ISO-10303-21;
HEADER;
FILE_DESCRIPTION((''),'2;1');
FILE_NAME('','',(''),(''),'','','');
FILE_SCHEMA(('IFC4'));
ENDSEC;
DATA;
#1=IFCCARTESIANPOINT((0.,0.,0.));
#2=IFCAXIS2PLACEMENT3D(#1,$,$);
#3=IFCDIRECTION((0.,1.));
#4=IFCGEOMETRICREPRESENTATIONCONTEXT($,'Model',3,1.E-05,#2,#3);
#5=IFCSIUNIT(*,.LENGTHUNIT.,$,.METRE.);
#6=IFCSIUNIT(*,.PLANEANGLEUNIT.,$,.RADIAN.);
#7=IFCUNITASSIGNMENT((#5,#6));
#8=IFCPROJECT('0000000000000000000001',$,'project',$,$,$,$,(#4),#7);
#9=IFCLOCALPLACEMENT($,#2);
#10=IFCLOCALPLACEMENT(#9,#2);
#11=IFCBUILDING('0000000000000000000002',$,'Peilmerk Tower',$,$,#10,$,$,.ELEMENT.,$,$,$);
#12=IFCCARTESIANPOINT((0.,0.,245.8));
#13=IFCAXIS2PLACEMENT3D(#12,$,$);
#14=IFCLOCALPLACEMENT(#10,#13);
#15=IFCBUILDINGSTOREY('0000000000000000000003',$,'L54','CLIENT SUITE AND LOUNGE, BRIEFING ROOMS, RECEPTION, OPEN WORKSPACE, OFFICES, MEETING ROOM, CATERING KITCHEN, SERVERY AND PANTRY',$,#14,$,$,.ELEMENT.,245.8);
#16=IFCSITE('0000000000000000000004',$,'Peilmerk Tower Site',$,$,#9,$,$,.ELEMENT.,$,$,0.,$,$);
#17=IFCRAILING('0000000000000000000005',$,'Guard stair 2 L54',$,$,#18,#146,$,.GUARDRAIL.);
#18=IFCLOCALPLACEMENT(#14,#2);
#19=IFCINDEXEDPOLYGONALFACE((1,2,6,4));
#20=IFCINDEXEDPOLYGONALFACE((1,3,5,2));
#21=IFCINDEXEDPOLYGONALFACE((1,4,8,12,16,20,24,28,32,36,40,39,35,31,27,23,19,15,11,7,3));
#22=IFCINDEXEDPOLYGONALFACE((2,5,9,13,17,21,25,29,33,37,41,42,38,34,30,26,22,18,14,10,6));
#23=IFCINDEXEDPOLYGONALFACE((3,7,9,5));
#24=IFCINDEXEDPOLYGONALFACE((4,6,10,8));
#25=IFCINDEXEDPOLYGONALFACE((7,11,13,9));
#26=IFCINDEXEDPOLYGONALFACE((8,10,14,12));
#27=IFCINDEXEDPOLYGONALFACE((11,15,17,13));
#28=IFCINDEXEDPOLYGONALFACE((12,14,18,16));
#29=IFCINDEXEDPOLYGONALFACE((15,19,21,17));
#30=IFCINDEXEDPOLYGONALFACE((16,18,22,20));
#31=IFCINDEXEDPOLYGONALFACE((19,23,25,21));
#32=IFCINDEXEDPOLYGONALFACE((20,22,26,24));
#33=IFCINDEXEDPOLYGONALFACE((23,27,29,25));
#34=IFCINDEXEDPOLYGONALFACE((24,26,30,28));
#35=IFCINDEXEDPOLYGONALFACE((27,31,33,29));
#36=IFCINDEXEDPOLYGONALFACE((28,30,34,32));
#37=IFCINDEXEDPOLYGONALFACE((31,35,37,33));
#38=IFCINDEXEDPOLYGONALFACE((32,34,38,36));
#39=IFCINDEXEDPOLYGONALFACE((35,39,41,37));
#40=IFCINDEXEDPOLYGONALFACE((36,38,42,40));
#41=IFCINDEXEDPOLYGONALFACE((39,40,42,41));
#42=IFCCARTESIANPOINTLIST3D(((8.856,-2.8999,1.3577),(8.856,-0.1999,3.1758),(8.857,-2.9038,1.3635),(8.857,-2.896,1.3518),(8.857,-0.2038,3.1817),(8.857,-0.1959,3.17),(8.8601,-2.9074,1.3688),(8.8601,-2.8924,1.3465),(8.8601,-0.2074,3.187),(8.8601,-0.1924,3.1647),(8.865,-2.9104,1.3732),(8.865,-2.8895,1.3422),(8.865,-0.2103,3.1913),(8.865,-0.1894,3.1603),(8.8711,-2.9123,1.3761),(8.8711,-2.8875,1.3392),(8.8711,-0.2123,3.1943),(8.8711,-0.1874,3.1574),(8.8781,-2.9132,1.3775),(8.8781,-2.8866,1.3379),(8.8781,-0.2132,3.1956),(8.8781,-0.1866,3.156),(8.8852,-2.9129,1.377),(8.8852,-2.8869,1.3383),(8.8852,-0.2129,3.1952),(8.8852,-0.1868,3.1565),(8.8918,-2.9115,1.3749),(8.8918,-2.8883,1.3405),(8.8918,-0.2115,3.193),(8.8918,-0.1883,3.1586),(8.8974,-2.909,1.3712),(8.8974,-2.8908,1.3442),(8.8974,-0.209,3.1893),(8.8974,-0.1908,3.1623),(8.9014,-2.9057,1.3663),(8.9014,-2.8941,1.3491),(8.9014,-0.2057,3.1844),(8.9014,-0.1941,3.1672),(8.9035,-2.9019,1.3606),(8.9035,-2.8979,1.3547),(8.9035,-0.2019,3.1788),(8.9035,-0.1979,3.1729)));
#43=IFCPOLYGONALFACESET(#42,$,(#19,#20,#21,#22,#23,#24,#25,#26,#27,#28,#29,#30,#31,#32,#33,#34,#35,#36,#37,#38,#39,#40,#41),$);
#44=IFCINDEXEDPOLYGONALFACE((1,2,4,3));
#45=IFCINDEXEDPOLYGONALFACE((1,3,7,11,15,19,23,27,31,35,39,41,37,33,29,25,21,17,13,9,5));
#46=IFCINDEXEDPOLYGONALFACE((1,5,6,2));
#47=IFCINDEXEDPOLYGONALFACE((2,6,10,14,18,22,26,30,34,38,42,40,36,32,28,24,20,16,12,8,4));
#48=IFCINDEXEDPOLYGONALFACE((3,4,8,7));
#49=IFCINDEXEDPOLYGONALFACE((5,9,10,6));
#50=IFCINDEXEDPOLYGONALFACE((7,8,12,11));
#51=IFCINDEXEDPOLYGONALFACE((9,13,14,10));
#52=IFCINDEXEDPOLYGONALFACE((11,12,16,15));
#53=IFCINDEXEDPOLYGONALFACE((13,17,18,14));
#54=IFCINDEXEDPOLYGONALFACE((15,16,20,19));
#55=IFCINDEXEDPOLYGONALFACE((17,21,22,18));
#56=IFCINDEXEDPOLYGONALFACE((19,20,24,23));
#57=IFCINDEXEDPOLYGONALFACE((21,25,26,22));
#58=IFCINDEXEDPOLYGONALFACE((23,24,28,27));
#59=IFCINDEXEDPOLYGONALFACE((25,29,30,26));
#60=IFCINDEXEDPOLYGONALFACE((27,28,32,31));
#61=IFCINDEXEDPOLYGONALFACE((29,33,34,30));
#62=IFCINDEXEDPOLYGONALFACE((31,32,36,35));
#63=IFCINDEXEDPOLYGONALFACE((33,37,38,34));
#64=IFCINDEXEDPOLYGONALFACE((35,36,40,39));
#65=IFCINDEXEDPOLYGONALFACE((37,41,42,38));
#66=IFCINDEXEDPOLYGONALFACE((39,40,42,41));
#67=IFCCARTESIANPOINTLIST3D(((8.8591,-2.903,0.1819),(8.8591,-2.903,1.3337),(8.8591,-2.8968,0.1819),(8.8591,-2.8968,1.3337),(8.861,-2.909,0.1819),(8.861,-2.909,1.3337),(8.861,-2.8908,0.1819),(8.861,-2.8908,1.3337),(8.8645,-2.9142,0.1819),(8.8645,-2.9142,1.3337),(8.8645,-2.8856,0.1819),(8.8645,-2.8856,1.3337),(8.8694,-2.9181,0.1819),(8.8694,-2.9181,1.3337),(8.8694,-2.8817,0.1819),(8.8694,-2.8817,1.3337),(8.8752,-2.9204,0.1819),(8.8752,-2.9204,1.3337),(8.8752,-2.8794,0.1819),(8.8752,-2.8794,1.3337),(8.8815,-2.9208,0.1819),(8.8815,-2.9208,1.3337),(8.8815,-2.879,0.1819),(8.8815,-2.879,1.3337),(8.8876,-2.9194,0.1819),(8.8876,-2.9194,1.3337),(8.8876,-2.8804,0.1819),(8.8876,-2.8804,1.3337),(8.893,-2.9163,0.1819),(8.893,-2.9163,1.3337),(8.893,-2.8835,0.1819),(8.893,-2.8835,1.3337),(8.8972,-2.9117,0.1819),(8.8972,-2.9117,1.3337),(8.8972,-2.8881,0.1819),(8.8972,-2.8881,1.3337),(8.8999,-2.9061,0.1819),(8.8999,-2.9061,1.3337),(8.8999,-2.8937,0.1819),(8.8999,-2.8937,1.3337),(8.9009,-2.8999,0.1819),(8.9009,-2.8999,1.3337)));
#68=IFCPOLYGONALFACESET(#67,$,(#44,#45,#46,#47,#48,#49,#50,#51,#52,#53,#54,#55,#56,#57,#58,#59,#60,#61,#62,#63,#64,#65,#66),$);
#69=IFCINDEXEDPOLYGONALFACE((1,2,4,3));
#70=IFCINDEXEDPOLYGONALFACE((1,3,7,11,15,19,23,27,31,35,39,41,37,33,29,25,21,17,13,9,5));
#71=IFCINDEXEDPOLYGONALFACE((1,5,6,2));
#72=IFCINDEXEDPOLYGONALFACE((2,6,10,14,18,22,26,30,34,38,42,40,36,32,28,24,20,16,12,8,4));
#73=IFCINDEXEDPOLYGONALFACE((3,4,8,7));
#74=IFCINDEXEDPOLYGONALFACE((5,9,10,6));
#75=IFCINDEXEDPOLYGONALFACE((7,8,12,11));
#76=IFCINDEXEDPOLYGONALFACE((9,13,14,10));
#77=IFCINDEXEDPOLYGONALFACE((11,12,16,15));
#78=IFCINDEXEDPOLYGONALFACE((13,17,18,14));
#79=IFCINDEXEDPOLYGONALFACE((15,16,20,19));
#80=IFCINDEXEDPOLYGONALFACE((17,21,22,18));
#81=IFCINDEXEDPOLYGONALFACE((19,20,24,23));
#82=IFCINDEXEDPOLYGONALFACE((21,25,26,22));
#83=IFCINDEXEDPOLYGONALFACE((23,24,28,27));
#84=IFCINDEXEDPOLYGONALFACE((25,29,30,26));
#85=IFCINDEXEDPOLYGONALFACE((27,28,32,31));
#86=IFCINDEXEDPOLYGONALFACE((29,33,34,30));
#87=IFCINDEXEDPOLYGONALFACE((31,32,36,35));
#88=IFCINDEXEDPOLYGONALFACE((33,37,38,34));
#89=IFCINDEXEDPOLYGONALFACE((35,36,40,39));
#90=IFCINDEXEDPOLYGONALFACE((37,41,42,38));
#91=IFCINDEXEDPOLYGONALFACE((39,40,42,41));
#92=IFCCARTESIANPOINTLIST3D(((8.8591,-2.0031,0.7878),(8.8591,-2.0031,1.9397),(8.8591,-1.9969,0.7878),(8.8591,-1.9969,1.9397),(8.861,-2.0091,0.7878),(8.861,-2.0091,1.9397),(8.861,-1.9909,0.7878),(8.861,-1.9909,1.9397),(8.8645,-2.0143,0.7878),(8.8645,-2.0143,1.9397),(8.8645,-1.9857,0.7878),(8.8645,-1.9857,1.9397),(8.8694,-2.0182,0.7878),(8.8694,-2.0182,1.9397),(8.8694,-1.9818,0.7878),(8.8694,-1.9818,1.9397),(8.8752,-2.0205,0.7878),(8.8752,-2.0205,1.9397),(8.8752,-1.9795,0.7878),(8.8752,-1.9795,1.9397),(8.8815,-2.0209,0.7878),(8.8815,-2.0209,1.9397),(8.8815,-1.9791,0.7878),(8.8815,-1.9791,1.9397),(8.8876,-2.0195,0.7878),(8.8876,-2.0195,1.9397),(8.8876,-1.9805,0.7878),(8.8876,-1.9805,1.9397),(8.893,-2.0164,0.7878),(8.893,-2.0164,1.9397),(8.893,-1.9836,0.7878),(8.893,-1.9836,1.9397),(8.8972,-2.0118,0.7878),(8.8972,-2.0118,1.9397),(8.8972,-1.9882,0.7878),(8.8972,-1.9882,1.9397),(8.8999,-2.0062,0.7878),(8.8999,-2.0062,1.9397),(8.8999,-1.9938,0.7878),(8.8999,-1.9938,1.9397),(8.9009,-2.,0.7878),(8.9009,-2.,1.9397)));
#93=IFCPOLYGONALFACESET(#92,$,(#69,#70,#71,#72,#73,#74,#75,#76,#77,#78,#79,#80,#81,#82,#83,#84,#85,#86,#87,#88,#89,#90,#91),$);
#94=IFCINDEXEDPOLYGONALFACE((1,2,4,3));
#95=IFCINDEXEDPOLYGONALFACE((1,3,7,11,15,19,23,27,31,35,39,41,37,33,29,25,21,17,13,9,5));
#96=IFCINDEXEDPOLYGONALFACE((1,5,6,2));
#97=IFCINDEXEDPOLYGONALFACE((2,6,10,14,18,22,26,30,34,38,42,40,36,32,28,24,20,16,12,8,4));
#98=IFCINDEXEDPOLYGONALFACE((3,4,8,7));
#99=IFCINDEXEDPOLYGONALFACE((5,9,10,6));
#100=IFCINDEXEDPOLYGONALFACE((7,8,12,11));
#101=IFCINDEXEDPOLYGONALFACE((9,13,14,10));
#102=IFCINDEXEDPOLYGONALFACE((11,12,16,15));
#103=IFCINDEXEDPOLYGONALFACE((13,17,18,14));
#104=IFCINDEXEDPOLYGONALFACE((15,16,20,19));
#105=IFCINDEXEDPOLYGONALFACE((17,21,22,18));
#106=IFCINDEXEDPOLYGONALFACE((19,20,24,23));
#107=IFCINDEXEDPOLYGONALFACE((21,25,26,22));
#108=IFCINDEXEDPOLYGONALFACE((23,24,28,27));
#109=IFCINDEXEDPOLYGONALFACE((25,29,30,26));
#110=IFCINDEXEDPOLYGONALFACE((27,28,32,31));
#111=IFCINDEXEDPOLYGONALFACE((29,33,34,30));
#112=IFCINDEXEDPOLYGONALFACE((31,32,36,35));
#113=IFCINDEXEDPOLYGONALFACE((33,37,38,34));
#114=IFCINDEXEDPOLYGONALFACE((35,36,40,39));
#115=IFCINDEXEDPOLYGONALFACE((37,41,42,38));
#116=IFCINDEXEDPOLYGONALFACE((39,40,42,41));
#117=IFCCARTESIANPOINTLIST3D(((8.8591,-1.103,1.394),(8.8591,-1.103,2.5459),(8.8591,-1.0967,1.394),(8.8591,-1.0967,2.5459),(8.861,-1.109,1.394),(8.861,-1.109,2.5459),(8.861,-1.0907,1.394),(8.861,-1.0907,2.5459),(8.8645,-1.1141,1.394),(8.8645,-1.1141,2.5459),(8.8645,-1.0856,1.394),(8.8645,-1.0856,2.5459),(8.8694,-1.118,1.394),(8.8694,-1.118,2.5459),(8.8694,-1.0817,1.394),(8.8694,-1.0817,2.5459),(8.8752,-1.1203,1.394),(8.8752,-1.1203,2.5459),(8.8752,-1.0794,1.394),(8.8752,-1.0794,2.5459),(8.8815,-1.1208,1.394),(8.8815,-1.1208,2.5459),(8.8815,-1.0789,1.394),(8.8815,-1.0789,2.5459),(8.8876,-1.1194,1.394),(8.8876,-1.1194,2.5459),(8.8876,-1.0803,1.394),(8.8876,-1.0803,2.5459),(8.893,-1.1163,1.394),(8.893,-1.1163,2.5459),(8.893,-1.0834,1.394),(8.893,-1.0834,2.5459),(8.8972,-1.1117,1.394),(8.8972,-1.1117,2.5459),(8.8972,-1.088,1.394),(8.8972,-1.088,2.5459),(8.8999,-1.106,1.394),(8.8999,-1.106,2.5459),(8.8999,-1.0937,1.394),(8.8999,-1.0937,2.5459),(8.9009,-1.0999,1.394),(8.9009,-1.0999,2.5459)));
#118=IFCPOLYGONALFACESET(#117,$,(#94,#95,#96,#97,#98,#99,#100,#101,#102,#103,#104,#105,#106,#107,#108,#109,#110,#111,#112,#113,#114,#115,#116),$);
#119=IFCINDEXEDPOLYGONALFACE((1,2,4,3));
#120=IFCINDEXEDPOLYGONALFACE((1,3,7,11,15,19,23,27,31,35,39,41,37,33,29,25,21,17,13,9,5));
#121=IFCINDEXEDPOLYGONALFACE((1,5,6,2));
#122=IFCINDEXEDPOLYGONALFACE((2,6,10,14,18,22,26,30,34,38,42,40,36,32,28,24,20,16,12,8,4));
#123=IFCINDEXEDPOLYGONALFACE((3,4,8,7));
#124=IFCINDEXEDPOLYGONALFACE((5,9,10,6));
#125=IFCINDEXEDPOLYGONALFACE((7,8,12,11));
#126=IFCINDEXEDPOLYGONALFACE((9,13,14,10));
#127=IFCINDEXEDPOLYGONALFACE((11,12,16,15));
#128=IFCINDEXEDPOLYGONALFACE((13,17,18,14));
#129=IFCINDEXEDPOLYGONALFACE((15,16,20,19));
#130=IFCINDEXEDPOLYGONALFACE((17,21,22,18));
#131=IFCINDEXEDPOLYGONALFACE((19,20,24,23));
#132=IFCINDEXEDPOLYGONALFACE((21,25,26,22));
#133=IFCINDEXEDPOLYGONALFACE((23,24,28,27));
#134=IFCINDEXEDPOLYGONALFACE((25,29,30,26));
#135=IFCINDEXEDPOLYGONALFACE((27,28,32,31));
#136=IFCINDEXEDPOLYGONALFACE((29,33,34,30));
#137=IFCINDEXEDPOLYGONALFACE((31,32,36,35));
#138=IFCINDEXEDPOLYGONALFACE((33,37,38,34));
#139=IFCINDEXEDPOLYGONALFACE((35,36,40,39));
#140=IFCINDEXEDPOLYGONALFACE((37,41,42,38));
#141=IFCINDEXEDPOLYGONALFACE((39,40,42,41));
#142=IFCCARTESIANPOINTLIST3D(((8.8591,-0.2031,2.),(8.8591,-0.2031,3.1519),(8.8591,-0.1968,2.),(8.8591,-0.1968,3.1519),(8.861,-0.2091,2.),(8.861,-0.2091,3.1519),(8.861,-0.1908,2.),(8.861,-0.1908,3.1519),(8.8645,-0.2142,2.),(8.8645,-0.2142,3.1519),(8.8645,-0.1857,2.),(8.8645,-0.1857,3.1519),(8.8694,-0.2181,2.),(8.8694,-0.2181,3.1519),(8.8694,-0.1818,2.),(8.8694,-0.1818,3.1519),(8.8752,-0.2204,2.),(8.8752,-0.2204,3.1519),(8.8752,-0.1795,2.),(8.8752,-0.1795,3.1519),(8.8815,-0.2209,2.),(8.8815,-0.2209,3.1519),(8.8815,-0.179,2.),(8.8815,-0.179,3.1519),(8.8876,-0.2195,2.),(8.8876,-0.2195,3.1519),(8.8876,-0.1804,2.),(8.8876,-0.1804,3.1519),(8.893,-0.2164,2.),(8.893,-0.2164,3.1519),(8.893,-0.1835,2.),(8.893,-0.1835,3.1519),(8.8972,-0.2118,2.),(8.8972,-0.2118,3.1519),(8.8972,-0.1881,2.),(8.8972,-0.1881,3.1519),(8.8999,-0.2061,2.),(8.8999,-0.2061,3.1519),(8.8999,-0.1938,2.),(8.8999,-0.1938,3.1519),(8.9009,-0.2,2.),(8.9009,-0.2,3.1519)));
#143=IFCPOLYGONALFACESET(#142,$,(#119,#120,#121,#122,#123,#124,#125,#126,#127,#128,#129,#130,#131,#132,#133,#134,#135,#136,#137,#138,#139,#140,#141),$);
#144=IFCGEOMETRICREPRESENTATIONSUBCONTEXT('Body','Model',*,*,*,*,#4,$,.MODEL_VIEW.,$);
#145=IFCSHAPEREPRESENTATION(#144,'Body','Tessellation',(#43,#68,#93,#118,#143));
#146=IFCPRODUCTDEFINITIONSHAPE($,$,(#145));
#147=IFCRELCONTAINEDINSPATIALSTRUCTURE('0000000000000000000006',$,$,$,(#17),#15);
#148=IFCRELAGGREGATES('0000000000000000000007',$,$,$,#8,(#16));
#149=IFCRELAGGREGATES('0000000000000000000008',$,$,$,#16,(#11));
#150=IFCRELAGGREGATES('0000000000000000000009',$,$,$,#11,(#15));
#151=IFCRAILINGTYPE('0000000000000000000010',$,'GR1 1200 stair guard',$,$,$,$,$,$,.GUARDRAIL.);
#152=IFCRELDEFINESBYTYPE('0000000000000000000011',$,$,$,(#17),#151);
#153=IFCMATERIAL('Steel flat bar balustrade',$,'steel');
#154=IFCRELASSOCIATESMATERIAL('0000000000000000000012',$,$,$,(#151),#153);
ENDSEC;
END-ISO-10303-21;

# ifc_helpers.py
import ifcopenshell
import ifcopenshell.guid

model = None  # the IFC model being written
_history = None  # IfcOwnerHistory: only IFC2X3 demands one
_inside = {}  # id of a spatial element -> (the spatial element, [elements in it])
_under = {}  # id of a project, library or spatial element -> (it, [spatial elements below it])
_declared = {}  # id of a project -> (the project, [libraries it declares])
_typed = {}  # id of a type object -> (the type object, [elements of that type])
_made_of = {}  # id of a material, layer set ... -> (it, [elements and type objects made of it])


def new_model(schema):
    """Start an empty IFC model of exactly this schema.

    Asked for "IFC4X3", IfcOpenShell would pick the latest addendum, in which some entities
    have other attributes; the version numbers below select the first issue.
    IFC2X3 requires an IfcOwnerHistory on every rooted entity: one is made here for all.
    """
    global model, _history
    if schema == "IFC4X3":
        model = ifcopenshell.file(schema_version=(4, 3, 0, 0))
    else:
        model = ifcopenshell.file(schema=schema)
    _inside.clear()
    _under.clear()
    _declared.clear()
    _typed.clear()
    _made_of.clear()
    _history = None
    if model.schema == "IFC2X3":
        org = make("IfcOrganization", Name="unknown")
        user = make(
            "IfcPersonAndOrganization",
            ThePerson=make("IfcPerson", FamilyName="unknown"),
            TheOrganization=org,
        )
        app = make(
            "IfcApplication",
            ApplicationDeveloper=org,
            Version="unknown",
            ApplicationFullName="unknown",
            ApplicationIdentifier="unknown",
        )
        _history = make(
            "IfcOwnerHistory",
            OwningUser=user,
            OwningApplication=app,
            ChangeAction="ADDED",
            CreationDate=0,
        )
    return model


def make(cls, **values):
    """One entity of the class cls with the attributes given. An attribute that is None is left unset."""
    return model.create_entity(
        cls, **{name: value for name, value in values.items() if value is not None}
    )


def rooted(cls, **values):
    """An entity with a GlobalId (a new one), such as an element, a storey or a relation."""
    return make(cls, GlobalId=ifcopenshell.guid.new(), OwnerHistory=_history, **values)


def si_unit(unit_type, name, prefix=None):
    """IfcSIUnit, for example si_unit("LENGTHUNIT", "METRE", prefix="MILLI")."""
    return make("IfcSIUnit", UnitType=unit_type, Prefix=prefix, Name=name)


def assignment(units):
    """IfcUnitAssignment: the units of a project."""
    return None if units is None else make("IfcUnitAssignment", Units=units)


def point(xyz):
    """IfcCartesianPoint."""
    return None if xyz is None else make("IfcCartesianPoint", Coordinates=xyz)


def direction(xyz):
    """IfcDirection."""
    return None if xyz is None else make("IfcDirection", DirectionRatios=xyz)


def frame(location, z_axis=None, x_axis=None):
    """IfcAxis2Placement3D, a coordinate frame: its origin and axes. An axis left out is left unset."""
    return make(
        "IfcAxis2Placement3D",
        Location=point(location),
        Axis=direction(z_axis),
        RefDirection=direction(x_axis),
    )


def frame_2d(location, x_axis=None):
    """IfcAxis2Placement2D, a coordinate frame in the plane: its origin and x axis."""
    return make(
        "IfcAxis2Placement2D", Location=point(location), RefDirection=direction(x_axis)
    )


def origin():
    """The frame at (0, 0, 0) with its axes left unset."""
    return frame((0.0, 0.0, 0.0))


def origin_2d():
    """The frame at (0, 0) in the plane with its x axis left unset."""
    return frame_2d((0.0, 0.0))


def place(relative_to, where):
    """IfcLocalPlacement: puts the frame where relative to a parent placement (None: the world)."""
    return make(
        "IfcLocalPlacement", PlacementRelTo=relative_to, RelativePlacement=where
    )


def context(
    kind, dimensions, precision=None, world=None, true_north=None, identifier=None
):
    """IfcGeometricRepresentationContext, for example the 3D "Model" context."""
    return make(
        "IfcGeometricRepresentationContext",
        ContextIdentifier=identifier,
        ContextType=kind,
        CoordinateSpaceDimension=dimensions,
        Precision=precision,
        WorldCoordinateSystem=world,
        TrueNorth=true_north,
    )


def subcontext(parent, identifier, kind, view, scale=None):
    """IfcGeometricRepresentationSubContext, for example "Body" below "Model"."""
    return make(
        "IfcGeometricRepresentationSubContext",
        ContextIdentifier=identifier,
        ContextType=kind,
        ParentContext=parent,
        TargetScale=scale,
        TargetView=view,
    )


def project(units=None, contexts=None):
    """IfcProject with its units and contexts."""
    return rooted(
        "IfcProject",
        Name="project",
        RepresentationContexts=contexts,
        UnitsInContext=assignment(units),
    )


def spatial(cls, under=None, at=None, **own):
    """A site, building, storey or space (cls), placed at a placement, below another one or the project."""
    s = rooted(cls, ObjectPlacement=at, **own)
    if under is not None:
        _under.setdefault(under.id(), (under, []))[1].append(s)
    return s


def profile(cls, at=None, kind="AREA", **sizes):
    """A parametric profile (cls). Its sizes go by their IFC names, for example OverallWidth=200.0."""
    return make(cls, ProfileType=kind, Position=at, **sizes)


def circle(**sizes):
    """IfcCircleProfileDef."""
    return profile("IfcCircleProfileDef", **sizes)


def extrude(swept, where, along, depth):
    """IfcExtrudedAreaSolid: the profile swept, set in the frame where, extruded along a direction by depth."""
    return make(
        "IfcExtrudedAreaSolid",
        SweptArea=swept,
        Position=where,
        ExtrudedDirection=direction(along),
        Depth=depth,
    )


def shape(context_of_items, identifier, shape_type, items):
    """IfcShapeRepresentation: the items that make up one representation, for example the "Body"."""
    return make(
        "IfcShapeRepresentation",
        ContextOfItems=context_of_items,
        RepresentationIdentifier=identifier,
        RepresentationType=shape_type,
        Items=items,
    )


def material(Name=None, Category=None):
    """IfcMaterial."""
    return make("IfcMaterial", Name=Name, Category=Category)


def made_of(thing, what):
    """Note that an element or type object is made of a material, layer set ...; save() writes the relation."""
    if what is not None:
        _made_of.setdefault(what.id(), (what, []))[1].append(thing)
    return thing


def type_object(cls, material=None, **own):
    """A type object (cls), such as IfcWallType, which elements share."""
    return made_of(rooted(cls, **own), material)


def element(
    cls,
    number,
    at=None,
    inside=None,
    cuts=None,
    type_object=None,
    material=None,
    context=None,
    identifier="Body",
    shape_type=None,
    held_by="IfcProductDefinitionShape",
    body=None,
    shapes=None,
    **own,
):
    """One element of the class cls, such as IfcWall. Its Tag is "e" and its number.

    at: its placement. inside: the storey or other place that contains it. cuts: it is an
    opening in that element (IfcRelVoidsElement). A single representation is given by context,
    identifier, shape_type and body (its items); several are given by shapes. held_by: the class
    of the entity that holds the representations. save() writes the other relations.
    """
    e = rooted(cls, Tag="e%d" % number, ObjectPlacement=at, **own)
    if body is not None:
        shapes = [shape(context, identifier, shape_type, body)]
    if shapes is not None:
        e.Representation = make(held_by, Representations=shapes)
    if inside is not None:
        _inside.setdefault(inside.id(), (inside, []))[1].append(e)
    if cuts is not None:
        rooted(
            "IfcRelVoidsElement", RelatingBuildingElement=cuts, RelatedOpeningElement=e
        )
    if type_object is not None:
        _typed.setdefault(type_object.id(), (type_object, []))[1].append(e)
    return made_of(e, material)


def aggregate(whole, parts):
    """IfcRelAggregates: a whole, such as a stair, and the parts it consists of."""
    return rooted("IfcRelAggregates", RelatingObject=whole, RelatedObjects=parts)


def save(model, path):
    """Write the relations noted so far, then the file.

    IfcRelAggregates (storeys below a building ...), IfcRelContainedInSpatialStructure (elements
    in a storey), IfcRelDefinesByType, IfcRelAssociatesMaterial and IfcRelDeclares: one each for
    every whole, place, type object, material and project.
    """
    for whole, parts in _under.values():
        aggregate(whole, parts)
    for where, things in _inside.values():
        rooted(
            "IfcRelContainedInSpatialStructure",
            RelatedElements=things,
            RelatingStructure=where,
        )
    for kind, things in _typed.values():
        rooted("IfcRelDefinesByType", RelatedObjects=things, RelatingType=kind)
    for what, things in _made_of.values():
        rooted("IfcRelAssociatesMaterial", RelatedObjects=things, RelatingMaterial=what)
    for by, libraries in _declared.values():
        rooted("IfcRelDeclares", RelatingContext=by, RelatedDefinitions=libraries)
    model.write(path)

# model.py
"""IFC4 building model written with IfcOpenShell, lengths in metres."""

from ifc_helpers import new_model, si_unit, direction, frame, origin, origin_2d, place, context, subcontext, project, spatial, circle, extrude, material, type_object, element, save


model = new_model("IFC4")

# Units and contexts
model_context = context("Model", 3, precision=1e-05, world=origin(), true_north=direction((0.0, 1.0)))
body_context = subcontext(model_context, "Body", "Model", "MODEL_VIEW")
ifc_project = project(units=[si_unit("LENGTHUNIT", "METRE"), si_unit("PLANEANGLEUNIT", "RADIAN")], contexts=[model_context])

# Site, building, storey
site_placement = place(None, origin())
site = spatial("IfcSite", under=ifc_project, at=site_placement, Name="Peilmerk Tower Site", CompositionType="ELEMENT", RefElevation=0.0)
building_placement = place(site_placement, origin())
building = spatial("IfcBuilding", under=site, at=building_placement, Name="Peilmerk Tower", CompositionType="ELEMENT")
storey_placement = place(building_placement, frame((0.0, 0.0, 245.8)))
storey = spatial("IfcBuildingStorey", under=building, at=storey_placement, Name="L54", Description="CLIENT SUITE AND LOUNGE, BRIEFING ROOMS, RECEPTION, OPEN WORKSPACE, OFFICES, MEETING ROOM, CATERING KITCHEN, SERVERY AND PANTRY", CompositionType="ELEMENT", Elevation=245.8)

# Railing
ifc_material_1 = material(Name="Steel flat bar balustrade", Category="steel")
railing_type_1 = type_object("IfcRailingType", Name="GR1 1200 stair guard", PredefinedType="GUARDRAIL", material=ifc_material_1)
railing_1_placement = place(storey_placement, frame((8.8799, -2.8999, 0.1819)))
element("IfcRailing", 1, at=railing_1_placement, inside=storey, type_object=railing_type_1, Name="Guard stair 2 L54", PredefinedType="GUARDRAIL", context=body_context, shape_type="SweptSolid", body=[
    extrude(circle(Radius=0.0239, at=origin_2d()), frame((0.0, 0.0, 1.1758), z_axis=(0.0, 0.829468, 0.558554), x_axis=(-1.0, 0.0, 0.0)), (0.0, 0.0, 1.0), 3.2551),
    extrude(circle(Radius=0.021, at=origin_2d()), origin(), (0.0, 0.0, 1.0), 1.1519),
    extrude(circle(Radius=0.021, at=origin_2d()), frame((0.0, 0.8999, 0.606)), (0.0, 0.0, 1.0), 1.1519),
    extrude(circle(Radius=0.021, at=origin_2d()), frame((0.0, 1.8, 1.2122)), (0.0, 0.0, 1.0), 1.1519),
    extrude(circle(Radius=0.021, at=origin_2d()), frame((0.0, 2.7, 1.8181)), (0.0, 0.0, 1.0), 1.1519),
])

save(model, "model.ifc")
